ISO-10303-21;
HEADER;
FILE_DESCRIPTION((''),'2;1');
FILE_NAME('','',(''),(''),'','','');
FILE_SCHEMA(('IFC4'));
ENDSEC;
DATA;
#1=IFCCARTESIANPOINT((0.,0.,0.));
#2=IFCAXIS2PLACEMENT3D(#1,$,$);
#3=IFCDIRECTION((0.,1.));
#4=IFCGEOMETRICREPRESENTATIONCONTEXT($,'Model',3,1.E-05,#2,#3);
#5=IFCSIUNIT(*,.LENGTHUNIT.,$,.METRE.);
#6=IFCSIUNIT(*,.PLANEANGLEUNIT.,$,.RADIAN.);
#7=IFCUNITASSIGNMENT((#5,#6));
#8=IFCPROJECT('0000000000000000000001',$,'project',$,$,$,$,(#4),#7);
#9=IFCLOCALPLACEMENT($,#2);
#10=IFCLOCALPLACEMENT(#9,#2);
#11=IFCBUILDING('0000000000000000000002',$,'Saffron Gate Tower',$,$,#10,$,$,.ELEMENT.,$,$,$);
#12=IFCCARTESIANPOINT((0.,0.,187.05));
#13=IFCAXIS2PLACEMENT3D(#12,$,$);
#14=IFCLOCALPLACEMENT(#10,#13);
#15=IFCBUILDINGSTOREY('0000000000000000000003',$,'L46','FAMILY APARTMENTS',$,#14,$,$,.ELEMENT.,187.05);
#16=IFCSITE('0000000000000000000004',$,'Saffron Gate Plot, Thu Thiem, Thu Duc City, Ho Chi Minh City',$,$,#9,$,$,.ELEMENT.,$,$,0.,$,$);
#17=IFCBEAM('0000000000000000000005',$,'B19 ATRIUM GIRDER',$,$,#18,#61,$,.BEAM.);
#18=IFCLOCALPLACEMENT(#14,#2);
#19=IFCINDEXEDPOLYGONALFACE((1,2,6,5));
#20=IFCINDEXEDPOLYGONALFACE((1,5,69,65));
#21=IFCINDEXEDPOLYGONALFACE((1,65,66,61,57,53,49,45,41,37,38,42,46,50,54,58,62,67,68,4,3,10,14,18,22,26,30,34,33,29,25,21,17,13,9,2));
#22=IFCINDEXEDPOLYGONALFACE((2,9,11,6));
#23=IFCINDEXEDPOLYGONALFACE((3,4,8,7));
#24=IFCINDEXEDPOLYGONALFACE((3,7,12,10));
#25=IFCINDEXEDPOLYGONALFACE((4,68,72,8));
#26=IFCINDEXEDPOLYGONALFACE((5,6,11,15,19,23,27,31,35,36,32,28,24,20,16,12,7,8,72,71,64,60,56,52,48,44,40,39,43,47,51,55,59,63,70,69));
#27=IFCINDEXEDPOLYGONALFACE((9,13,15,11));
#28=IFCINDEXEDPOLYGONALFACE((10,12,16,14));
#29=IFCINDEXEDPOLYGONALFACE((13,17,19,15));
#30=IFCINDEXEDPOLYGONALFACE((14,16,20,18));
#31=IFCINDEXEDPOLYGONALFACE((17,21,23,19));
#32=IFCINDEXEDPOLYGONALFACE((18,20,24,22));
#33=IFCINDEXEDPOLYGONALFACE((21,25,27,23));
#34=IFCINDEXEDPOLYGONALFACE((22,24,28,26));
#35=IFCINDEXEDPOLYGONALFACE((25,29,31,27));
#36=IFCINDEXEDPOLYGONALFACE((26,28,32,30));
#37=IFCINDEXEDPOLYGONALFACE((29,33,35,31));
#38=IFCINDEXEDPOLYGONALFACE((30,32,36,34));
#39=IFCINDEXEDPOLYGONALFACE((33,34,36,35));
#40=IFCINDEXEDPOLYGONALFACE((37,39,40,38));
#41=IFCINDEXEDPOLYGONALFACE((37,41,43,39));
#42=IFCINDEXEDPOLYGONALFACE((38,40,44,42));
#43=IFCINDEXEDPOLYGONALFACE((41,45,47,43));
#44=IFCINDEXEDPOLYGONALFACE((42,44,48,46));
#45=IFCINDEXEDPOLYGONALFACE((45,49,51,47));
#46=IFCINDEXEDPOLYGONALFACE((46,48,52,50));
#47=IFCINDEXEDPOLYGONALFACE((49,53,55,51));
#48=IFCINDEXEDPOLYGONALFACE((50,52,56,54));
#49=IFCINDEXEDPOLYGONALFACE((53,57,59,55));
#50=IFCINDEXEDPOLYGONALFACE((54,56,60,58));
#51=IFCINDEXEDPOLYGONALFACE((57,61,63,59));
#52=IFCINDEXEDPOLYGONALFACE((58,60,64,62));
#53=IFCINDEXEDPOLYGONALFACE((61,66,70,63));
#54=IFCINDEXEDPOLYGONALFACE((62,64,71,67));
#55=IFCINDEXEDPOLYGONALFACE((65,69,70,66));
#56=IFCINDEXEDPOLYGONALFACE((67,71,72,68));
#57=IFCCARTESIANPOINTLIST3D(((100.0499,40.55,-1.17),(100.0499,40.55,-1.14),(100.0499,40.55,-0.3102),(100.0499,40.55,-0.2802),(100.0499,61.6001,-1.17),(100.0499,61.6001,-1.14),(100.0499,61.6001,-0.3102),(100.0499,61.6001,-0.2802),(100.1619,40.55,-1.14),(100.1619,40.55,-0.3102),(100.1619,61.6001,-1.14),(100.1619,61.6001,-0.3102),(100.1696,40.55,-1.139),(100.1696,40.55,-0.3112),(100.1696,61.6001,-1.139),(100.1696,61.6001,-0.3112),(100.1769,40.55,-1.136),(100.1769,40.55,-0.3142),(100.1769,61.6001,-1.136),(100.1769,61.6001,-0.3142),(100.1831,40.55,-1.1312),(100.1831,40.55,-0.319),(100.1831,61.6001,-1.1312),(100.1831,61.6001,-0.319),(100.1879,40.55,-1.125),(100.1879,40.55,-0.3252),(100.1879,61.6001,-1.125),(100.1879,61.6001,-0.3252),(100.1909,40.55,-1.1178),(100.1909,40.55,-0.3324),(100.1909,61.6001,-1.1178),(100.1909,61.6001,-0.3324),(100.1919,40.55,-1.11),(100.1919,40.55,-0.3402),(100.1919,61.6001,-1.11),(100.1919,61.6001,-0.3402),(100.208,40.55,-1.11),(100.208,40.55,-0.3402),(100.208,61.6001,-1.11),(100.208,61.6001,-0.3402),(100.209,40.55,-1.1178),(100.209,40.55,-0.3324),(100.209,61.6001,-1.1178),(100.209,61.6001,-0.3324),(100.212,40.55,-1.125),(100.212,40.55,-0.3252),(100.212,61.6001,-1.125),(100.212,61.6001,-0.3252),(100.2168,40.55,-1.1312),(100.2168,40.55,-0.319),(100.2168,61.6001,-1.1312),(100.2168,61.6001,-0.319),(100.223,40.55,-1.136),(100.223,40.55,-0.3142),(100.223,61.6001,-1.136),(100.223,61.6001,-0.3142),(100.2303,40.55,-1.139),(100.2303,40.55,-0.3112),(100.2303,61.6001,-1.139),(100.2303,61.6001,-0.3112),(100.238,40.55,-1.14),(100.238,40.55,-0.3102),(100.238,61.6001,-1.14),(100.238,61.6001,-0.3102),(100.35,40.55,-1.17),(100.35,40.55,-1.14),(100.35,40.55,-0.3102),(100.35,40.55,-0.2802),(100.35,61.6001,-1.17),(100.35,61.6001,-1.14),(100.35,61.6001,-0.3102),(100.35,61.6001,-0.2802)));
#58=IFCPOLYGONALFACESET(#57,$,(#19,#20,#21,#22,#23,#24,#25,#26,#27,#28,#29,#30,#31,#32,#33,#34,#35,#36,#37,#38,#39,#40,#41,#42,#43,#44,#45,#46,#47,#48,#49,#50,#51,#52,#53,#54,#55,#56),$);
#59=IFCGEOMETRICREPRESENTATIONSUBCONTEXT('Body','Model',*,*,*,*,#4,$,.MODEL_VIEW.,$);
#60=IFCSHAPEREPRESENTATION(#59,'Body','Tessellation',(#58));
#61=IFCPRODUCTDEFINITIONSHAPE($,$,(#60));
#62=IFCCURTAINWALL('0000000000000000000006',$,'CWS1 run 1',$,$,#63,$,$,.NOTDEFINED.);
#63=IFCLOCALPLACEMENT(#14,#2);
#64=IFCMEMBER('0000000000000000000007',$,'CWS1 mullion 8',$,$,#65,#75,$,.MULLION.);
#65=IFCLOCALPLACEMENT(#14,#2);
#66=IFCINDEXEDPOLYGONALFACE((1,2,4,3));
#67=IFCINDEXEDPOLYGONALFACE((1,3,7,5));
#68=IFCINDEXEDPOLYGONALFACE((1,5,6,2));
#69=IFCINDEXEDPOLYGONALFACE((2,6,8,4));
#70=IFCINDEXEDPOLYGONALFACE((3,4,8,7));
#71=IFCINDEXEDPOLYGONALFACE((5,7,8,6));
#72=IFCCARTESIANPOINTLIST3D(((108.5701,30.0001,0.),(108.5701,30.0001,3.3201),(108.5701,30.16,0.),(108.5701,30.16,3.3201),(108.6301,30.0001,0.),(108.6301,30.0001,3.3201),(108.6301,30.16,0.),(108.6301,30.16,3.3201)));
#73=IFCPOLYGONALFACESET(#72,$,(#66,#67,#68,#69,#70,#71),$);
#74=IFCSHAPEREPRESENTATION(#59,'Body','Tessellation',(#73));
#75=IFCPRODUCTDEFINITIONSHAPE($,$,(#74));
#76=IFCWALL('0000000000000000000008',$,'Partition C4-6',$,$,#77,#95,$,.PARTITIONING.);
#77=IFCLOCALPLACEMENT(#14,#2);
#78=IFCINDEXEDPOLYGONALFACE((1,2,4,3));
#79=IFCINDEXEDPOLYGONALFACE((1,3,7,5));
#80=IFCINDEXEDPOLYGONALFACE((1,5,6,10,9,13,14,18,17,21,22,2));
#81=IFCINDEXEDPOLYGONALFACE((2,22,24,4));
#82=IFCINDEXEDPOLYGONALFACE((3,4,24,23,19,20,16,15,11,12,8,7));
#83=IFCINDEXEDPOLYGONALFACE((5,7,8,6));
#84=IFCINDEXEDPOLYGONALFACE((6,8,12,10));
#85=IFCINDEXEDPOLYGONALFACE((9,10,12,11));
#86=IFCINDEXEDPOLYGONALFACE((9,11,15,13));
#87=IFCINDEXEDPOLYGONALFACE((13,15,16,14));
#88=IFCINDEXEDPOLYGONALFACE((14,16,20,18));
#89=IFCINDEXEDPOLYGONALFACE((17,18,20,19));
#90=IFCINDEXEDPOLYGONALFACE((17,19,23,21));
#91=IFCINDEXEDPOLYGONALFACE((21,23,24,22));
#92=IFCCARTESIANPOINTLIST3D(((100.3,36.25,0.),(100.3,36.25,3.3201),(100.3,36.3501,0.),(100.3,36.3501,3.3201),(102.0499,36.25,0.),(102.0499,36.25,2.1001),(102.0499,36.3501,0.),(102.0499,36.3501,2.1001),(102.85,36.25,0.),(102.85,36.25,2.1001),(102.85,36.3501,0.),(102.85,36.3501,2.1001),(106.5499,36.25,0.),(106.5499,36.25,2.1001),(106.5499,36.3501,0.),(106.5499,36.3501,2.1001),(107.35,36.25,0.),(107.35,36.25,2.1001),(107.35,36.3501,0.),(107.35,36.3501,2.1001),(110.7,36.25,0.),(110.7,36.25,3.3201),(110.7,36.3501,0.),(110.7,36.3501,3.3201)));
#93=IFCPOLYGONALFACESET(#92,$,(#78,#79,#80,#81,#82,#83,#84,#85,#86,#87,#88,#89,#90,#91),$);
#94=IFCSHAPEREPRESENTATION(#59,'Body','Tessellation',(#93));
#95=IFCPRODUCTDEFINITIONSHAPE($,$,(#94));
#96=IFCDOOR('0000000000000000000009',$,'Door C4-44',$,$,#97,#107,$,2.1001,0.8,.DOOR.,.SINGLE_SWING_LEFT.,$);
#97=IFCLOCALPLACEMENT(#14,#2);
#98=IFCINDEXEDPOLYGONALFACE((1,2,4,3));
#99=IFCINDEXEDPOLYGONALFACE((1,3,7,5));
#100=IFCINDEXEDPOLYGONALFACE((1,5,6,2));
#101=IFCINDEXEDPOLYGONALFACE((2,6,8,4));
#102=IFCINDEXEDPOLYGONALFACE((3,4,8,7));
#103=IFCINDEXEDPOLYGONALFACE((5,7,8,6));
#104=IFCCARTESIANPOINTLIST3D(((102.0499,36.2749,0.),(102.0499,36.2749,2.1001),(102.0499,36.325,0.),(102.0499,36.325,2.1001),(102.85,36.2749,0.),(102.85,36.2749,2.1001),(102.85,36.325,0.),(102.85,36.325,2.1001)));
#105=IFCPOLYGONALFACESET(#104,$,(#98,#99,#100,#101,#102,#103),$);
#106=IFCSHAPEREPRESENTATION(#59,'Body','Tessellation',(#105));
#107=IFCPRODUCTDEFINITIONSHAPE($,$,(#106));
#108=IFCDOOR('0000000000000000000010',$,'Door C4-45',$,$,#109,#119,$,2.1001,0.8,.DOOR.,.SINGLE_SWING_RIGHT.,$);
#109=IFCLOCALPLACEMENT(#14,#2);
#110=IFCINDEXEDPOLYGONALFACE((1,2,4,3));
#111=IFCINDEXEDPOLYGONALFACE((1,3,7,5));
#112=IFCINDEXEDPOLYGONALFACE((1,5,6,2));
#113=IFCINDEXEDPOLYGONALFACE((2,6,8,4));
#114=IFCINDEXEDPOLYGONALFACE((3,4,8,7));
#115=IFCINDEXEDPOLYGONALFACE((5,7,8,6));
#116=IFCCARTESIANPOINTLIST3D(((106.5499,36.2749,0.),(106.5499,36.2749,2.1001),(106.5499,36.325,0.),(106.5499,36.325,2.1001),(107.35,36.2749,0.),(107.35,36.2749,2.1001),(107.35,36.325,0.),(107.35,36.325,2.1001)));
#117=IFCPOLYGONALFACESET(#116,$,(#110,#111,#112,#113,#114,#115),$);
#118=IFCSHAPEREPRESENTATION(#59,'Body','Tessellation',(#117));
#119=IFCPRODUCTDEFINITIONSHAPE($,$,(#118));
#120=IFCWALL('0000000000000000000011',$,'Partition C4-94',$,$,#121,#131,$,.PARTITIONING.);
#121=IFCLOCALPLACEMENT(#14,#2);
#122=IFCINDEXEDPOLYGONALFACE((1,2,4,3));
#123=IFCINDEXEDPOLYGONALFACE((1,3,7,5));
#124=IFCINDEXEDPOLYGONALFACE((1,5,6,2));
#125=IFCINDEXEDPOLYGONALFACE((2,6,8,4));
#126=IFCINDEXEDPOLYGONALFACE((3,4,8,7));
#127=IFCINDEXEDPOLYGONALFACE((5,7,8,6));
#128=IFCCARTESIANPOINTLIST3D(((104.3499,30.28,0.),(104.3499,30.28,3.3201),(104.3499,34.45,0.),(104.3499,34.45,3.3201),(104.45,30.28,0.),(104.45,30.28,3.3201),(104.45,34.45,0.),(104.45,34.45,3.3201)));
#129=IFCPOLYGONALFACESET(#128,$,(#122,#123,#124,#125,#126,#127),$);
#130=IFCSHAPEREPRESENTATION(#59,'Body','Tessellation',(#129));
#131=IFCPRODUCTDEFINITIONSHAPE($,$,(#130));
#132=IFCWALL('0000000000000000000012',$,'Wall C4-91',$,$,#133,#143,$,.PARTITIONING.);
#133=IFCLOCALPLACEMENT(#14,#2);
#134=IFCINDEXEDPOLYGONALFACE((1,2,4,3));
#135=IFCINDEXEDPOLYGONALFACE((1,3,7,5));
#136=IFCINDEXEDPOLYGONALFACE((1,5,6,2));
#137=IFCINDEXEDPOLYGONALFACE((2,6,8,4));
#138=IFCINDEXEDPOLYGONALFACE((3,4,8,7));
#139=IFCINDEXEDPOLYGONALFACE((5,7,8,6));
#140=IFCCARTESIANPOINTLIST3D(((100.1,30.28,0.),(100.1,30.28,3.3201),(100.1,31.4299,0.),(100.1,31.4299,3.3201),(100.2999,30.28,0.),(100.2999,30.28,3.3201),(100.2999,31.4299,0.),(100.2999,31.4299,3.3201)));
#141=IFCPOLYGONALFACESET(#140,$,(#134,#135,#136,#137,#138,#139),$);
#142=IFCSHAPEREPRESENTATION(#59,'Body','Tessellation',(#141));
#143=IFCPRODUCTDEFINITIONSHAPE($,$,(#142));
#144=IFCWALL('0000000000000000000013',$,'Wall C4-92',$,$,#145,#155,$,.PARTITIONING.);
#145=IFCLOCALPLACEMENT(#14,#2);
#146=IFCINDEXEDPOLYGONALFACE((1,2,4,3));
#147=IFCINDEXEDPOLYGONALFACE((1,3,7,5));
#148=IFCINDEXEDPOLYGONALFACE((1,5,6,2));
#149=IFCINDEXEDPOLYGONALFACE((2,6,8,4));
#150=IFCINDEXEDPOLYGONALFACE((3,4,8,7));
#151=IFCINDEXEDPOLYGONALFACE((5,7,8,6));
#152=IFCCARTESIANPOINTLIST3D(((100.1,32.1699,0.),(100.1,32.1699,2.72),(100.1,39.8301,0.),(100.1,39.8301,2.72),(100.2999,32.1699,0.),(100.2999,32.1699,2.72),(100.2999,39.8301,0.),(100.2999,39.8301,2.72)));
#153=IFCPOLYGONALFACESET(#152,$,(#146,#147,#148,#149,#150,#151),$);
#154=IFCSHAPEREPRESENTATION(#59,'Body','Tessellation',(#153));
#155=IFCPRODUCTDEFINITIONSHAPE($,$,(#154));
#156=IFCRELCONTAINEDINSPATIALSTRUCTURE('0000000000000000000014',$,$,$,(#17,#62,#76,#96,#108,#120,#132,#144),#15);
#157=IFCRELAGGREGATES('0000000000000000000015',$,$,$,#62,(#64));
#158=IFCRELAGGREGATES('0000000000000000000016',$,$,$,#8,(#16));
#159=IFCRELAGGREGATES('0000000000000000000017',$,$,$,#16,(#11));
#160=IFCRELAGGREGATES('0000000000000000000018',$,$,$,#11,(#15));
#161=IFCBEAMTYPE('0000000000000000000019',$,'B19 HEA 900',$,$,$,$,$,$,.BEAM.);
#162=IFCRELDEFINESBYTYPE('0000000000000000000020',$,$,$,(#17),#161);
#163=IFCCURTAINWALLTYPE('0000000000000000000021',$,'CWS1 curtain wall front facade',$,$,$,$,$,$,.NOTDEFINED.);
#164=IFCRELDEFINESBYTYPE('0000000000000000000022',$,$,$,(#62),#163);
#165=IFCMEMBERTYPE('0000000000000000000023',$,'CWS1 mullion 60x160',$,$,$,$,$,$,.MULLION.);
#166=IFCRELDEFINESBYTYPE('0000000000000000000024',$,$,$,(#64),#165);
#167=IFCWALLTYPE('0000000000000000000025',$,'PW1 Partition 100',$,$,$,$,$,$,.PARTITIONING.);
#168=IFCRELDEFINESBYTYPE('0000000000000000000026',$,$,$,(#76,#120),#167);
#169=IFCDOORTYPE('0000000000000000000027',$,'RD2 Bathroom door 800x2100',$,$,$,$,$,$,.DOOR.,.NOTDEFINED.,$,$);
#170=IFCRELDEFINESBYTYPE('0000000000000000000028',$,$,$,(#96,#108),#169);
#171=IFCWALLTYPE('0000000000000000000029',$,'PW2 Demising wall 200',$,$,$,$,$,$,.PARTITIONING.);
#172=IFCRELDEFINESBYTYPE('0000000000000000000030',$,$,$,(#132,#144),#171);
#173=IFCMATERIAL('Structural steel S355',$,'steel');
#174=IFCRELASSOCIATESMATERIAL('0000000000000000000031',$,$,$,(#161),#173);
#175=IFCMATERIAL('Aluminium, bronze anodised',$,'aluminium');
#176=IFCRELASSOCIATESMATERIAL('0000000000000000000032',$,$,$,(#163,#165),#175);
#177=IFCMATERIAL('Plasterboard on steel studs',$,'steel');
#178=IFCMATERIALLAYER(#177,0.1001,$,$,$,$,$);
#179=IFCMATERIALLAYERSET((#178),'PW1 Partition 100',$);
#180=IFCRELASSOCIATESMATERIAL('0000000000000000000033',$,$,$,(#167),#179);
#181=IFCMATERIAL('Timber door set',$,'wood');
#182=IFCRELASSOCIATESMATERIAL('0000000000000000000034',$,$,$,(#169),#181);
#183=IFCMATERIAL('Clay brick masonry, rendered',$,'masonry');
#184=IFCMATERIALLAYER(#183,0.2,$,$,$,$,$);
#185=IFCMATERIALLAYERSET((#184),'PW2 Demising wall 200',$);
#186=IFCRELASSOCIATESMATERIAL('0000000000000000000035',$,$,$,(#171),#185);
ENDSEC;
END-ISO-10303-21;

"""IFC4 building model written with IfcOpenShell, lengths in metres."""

from ifc_helpers import new_model, si_unit, direction, frame, frame_2d, origin, origin_2d, place, context, subcontext, project, spatial, rectangle, i_section, extrude, material, layer, layer_set, material_profile, profile_set, type_object, element, fill, aggregate, save


model = new_model("IFC4")

# Units and contexts
model_context = context("Model", 3, precision=1e-05, world=origin(), true_north=direction((0.0, 1.0)))
body_context = subcontext(model_context, "Body", "Model", "MODEL_VIEW")
ifc_project = project(units=[si_unit("LENGTHUNIT", "METRE"), si_unit("PLANEANGLEUNIT", "RADIAN")], contexts=[model_context])

# Site, building, storey
site_placement = place(None, origin())
site = spatial("IfcSite", under=ifc_project, at=site_placement, Name="Saffron Gate Plot, Thu Thiem, Thu Duc City, Ho Chi Minh City", CompositionType="ELEMENT", RefElevation=0.0)
building_placement = place(site_placement, origin())
building = spatial("IfcBuilding", under=site, at=building_placement, Name="Saffron Gate Tower", CompositionType="ELEMENT")
storey_placement = place(building_placement, frame((0.0, 0.0, 187.05)))
storey = spatial("IfcBuildingStorey", under=building, at=storey_placement, Name="L46", Description="FAMILY APARTMENTS", CompositionType="ELEMENT", Elevation=187.05)

# Beam
ifc_material_1 = material(Name="Structural steel S355", Category="steel")
ifc_material_profile_1 = material_profile(ifc_material_1, i_section(OverallWidth=0.3, OverallDepth=0.8899, WebThickness=0.0161, FlangeThickness=0.03, FilletRadius=0.03, at=origin_2d()))
ifc_profile_set_1 = profile_set([ifc_material_profile_1], Name="Structural steel S355")
beam_type_1 = type_object("IfcBeamType", Name="B19 HEA 900", PredefinedType="BEAM", material=ifc_profile_set_1)
beam_1_placement = place(storey_placement, frame((100.2, 40.55, -0.7251), z_axis=(0.0, 1.0, 0.0), x_axis=(-1.0, 0.0, 0.0)))
element("IfcBeam", 1, at=beam_1_placement, inside=storey, type_object=beam_type_1, Name="B19 ATRIUM GIRDER", PredefinedType="BEAM", context=body_context, shape_type="SweptSolid", body=[
    extrude(i_section(OverallWidth=0.3, OverallDepth=0.8899, WebThickness=0.0161, FlangeThickness=0.03, FilletRadius=0.03, at=origin_2d()), origin(), (0.0, 0.0, 1.0), 21.05),
])

# Curtain wall, member
ifc_material_2 = material(Name="Aluminium, bronze anodised", Category="aluminium")
curtain_wall_type = type_object("IfcCurtainWallType", Name="CWS1 curtain wall front facade", PredefinedType="NOTDEFINED", material=ifc_material_2)
curtain_wall_placement = place(storey_placement, origin())
curtain_wall = element("IfcCurtainWall", 2, at=curtain_wall_placement, inside=storey, type_object=curtain_wall_type, Name="CWS1 run 1", PredefinedType="NOTDEFINED")
ifc_material_profile_2 = material_profile(ifc_material_2, rectangle(XDim=0.1599, YDim=0.0601, at=origin_2d()))
ifc_profile_set_2 = profile_set([ifc_material_profile_2], Name="Aluminium, bronze anodised")
member_type = type_object("IfcMemberType", Name="CWS1 mullion 60x160", PredefinedType="MULLION", material=ifc_profile_set_2)
member_placement = place(storey_placement, frame((108.6001, 30.0801, 0.0), z_axis=(0.0, 0.0, 1.0), x_axis=(0.0, 1.0, 0.0)))
member = element("IfcMember", 3, at=member_placement, type_object=member_type, Name="CWS1 mullion 8", PredefinedType="MULLION", context=body_context, shape_type="SweptSolid", body=[
    extrude(rectangle(XDim=0.1599, YDim=0.0601, at=origin_2d()), origin(), (0.0, 0.0, 1.0), 3.3201),
])
aggregate(curtain_wall, [member])

# Wall, openings, doors
ifc_material_3 = material(Name="Plasterboard on steel studs", Category="steel")
ifc_layer_1 = layer(ifc_material_3, 0.1001)
ifc_layer_set_1 = layer_set([ifc_layer_1], Name="PW1 Partition 100")
wall_type_1 = type_object("IfcWallType", Name="PW1 Partition 100", PredefinedType="PARTITIONING", material=ifc_layer_set_1)
wall_1_placement = place(storey_placement, frame((100.3, 36.3, 0.0), z_axis=(0.0, 0.0, 1.0), x_axis=(1.0, 0.0, 0.0)))
wall_1 = element("IfcWall", 4, at=wall_1_placement, inside=storey, type_object=wall_type_1, Name="Partition C4-6", PredefinedType="PARTITIONING", context=body_context, shape_type="SweptSolid", body=[
    extrude(rectangle(XDim=10.3999, YDim=0.1001, at=frame_2d((5.2, 0.0))), origin(), (0.0, 0.0, 1.0), 3.3201),
])
opening_1_placement = place(wall_1_placement, frame((1.75, 0.0, 0.0)))
opening_1 = element("IfcOpeningElement", 5, at=opening_1_placement, cuts=wall_1, PredefinedType="OPENING", context=body_context, shape_type="SweptSolid", body=[
    extrude(rectangle(XDim=0.8, YDim=2.1001, at=frame_2d((0.3999, 1.05))), frame((0.0, 0.0601, 0.0), z_axis=(0.0, -1.0, 0.0), x_axis=(1.0, 0.0, 0.0)), (0.0, 0.0, 1.0), 0.1201),
])
opening_2_placement = place(wall_1_placement, frame((6.25, 0.0, 0.0)))
opening_2 = element("IfcOpeningElement", 6, at=opening_2_placement, cuts=wall_1, PredefinedType="OPENING", context=body_context, shape_type="SweptSolid", body=[
    extrude(rectangle(XDim=0.8, YDim=2.1001, at=frame_2d((0.3999, 1.05))), frame((0.0, 0.0601, 0.0), z_axis=(0.0, -1.0, 0.0), x_axis=(1.0, 0.0, 0.0)), (0.0, 0.0, 1.0), 0.1201),
])
ifc_material_4 = material(Name="Timber door set", Category="wood")
door_type = type_object("IfcDoorType", Name="RD2 Bathroom door 800x2100", OperationType="NOTDEFINED", PredefinedType="DOOR", material=ifc_material_4)
door_1_placement = place(opening_1_placement, origin())
door_1 = element("IfcDoor", 7, at=door_1_placement, inside=storey, type_object=door_type, Name="Door C4-44", OperationType="SINGLE_SWING_LEFT", OverallHeight=2.1001, OverallWidth=0.8, PredefinedType="DOOR", context=body_context, shape_type="SweptSolid", body=[
    extrude(rectangle(XDim=0.8, YDim=2.1001, at=frame_2d((0.3999, 1.05))), frame((0.0, 0.0249, 0.0), z_axis=(0.0, -1.0, 0.0), x_axis=(1.0, 0.0, 0.0)), (0.0, 0.0, 1.0), 0.05),
])
fill(opening_1, door_1)
door_2_placement = place(opening_2_placement, origin())
door_2 = element("IfcDoor", 8, at=door_2_placement, inside=storey, type_object=door_type, Name="Door C4-45", OperationType="SINGLE_SWING_RIGHT", OverallHeight=2.1001, OverallWidth=0.8, PredefinedType="DOOR", context=body_context, shape_type="SweptSolid", body=[
    extrude(rectangle(XDim=0.8, YDim=2.1001, at=frame_2d((0.3999, 1.05))), frame((0.0, 0.0249, 0.0), z_axis=(0.0, -1.0, 0.0), x_axis=(1.0, 0.0, 0.0)), (0.0, 0.0, 1.0), 0.05),
])
fill(opening_2, door_2)

# Walls
wall_2_placement = place(storey_placement, frame((104.3999, 34.45, 0.0), z_axis=(0.0, 0.0, 1.0), x_axis=(0.0, -1.0, 0.0)))
element("IfcWall", 9, at=wall_2_placement, inside=storey, type_object=wall_type_1, Name="Partition C4-94", PredefinedType="PARTITIONING", context=body_context, shape_type="SweptSolid", body=[
    extrude(rectangle(XDim=4.1699, YDim=0.1001, at=frame_2d((2.085, 0.0))), origin(), (0.0, 0.0, 1.0), 3.3201),
])
ifc_material_5 = material(Name="Clay brick masonry, rendered", Category="masonry")
ifc_layer_2 = layer(ifc_material_5, 0.2)
ifc_layer_set_2 = layer_set([ifc_layer_2], Name="PW2 Demising wall 200")
wall_type_2 = type_object("IfcWallType", Name="PW2 Demising wall 200", PredefinedType="PARTITIONING", material=ifc_layer_set_2)
wall_3_placement = place(storey_placement, frame((100.2, 31.4299, 0.0), z_axis=(0.0, 0.0, 1.0), x_axis=(0.0, -1.0, 0.0)))
element("IfcWall", 10, at=wall_3_placement, inside=storey, type_object=wall_type_2, Name="Wall C4-91", PredefinedType="PARTITIONING", context=body_context, shape_type="SweptSolid", body=[
    extrude(rectangle(XDim=1.1499, YDim=0.2, at=frame_2d((0.575, 0.0))), origin(), (0.0, 0.0, 1.0), 3.3201),
])
wall_4_placement = place(storey_placement, frame((100.2, 39.8301, 0.0), z_axis=(0.0, 0.0, 1.0), x_axis=(0.0, -1.0, 0.0)))
element("IfcWall", 11, at=wall_4_placement, inside=storey, type_object=wall_type_2, Name="Wall C4-92", PredefinedType="PARTITIONING", context=body_context, shape_type="SweptSolid", body=[
    extrude(rectangle(XDim=7.6602, YDim=0.2, at=frame_2d((3.8301, 0.0))), origin(), (0.0, 0.0, 1.0), 2.72),
])

save(model, "model.ifc")
